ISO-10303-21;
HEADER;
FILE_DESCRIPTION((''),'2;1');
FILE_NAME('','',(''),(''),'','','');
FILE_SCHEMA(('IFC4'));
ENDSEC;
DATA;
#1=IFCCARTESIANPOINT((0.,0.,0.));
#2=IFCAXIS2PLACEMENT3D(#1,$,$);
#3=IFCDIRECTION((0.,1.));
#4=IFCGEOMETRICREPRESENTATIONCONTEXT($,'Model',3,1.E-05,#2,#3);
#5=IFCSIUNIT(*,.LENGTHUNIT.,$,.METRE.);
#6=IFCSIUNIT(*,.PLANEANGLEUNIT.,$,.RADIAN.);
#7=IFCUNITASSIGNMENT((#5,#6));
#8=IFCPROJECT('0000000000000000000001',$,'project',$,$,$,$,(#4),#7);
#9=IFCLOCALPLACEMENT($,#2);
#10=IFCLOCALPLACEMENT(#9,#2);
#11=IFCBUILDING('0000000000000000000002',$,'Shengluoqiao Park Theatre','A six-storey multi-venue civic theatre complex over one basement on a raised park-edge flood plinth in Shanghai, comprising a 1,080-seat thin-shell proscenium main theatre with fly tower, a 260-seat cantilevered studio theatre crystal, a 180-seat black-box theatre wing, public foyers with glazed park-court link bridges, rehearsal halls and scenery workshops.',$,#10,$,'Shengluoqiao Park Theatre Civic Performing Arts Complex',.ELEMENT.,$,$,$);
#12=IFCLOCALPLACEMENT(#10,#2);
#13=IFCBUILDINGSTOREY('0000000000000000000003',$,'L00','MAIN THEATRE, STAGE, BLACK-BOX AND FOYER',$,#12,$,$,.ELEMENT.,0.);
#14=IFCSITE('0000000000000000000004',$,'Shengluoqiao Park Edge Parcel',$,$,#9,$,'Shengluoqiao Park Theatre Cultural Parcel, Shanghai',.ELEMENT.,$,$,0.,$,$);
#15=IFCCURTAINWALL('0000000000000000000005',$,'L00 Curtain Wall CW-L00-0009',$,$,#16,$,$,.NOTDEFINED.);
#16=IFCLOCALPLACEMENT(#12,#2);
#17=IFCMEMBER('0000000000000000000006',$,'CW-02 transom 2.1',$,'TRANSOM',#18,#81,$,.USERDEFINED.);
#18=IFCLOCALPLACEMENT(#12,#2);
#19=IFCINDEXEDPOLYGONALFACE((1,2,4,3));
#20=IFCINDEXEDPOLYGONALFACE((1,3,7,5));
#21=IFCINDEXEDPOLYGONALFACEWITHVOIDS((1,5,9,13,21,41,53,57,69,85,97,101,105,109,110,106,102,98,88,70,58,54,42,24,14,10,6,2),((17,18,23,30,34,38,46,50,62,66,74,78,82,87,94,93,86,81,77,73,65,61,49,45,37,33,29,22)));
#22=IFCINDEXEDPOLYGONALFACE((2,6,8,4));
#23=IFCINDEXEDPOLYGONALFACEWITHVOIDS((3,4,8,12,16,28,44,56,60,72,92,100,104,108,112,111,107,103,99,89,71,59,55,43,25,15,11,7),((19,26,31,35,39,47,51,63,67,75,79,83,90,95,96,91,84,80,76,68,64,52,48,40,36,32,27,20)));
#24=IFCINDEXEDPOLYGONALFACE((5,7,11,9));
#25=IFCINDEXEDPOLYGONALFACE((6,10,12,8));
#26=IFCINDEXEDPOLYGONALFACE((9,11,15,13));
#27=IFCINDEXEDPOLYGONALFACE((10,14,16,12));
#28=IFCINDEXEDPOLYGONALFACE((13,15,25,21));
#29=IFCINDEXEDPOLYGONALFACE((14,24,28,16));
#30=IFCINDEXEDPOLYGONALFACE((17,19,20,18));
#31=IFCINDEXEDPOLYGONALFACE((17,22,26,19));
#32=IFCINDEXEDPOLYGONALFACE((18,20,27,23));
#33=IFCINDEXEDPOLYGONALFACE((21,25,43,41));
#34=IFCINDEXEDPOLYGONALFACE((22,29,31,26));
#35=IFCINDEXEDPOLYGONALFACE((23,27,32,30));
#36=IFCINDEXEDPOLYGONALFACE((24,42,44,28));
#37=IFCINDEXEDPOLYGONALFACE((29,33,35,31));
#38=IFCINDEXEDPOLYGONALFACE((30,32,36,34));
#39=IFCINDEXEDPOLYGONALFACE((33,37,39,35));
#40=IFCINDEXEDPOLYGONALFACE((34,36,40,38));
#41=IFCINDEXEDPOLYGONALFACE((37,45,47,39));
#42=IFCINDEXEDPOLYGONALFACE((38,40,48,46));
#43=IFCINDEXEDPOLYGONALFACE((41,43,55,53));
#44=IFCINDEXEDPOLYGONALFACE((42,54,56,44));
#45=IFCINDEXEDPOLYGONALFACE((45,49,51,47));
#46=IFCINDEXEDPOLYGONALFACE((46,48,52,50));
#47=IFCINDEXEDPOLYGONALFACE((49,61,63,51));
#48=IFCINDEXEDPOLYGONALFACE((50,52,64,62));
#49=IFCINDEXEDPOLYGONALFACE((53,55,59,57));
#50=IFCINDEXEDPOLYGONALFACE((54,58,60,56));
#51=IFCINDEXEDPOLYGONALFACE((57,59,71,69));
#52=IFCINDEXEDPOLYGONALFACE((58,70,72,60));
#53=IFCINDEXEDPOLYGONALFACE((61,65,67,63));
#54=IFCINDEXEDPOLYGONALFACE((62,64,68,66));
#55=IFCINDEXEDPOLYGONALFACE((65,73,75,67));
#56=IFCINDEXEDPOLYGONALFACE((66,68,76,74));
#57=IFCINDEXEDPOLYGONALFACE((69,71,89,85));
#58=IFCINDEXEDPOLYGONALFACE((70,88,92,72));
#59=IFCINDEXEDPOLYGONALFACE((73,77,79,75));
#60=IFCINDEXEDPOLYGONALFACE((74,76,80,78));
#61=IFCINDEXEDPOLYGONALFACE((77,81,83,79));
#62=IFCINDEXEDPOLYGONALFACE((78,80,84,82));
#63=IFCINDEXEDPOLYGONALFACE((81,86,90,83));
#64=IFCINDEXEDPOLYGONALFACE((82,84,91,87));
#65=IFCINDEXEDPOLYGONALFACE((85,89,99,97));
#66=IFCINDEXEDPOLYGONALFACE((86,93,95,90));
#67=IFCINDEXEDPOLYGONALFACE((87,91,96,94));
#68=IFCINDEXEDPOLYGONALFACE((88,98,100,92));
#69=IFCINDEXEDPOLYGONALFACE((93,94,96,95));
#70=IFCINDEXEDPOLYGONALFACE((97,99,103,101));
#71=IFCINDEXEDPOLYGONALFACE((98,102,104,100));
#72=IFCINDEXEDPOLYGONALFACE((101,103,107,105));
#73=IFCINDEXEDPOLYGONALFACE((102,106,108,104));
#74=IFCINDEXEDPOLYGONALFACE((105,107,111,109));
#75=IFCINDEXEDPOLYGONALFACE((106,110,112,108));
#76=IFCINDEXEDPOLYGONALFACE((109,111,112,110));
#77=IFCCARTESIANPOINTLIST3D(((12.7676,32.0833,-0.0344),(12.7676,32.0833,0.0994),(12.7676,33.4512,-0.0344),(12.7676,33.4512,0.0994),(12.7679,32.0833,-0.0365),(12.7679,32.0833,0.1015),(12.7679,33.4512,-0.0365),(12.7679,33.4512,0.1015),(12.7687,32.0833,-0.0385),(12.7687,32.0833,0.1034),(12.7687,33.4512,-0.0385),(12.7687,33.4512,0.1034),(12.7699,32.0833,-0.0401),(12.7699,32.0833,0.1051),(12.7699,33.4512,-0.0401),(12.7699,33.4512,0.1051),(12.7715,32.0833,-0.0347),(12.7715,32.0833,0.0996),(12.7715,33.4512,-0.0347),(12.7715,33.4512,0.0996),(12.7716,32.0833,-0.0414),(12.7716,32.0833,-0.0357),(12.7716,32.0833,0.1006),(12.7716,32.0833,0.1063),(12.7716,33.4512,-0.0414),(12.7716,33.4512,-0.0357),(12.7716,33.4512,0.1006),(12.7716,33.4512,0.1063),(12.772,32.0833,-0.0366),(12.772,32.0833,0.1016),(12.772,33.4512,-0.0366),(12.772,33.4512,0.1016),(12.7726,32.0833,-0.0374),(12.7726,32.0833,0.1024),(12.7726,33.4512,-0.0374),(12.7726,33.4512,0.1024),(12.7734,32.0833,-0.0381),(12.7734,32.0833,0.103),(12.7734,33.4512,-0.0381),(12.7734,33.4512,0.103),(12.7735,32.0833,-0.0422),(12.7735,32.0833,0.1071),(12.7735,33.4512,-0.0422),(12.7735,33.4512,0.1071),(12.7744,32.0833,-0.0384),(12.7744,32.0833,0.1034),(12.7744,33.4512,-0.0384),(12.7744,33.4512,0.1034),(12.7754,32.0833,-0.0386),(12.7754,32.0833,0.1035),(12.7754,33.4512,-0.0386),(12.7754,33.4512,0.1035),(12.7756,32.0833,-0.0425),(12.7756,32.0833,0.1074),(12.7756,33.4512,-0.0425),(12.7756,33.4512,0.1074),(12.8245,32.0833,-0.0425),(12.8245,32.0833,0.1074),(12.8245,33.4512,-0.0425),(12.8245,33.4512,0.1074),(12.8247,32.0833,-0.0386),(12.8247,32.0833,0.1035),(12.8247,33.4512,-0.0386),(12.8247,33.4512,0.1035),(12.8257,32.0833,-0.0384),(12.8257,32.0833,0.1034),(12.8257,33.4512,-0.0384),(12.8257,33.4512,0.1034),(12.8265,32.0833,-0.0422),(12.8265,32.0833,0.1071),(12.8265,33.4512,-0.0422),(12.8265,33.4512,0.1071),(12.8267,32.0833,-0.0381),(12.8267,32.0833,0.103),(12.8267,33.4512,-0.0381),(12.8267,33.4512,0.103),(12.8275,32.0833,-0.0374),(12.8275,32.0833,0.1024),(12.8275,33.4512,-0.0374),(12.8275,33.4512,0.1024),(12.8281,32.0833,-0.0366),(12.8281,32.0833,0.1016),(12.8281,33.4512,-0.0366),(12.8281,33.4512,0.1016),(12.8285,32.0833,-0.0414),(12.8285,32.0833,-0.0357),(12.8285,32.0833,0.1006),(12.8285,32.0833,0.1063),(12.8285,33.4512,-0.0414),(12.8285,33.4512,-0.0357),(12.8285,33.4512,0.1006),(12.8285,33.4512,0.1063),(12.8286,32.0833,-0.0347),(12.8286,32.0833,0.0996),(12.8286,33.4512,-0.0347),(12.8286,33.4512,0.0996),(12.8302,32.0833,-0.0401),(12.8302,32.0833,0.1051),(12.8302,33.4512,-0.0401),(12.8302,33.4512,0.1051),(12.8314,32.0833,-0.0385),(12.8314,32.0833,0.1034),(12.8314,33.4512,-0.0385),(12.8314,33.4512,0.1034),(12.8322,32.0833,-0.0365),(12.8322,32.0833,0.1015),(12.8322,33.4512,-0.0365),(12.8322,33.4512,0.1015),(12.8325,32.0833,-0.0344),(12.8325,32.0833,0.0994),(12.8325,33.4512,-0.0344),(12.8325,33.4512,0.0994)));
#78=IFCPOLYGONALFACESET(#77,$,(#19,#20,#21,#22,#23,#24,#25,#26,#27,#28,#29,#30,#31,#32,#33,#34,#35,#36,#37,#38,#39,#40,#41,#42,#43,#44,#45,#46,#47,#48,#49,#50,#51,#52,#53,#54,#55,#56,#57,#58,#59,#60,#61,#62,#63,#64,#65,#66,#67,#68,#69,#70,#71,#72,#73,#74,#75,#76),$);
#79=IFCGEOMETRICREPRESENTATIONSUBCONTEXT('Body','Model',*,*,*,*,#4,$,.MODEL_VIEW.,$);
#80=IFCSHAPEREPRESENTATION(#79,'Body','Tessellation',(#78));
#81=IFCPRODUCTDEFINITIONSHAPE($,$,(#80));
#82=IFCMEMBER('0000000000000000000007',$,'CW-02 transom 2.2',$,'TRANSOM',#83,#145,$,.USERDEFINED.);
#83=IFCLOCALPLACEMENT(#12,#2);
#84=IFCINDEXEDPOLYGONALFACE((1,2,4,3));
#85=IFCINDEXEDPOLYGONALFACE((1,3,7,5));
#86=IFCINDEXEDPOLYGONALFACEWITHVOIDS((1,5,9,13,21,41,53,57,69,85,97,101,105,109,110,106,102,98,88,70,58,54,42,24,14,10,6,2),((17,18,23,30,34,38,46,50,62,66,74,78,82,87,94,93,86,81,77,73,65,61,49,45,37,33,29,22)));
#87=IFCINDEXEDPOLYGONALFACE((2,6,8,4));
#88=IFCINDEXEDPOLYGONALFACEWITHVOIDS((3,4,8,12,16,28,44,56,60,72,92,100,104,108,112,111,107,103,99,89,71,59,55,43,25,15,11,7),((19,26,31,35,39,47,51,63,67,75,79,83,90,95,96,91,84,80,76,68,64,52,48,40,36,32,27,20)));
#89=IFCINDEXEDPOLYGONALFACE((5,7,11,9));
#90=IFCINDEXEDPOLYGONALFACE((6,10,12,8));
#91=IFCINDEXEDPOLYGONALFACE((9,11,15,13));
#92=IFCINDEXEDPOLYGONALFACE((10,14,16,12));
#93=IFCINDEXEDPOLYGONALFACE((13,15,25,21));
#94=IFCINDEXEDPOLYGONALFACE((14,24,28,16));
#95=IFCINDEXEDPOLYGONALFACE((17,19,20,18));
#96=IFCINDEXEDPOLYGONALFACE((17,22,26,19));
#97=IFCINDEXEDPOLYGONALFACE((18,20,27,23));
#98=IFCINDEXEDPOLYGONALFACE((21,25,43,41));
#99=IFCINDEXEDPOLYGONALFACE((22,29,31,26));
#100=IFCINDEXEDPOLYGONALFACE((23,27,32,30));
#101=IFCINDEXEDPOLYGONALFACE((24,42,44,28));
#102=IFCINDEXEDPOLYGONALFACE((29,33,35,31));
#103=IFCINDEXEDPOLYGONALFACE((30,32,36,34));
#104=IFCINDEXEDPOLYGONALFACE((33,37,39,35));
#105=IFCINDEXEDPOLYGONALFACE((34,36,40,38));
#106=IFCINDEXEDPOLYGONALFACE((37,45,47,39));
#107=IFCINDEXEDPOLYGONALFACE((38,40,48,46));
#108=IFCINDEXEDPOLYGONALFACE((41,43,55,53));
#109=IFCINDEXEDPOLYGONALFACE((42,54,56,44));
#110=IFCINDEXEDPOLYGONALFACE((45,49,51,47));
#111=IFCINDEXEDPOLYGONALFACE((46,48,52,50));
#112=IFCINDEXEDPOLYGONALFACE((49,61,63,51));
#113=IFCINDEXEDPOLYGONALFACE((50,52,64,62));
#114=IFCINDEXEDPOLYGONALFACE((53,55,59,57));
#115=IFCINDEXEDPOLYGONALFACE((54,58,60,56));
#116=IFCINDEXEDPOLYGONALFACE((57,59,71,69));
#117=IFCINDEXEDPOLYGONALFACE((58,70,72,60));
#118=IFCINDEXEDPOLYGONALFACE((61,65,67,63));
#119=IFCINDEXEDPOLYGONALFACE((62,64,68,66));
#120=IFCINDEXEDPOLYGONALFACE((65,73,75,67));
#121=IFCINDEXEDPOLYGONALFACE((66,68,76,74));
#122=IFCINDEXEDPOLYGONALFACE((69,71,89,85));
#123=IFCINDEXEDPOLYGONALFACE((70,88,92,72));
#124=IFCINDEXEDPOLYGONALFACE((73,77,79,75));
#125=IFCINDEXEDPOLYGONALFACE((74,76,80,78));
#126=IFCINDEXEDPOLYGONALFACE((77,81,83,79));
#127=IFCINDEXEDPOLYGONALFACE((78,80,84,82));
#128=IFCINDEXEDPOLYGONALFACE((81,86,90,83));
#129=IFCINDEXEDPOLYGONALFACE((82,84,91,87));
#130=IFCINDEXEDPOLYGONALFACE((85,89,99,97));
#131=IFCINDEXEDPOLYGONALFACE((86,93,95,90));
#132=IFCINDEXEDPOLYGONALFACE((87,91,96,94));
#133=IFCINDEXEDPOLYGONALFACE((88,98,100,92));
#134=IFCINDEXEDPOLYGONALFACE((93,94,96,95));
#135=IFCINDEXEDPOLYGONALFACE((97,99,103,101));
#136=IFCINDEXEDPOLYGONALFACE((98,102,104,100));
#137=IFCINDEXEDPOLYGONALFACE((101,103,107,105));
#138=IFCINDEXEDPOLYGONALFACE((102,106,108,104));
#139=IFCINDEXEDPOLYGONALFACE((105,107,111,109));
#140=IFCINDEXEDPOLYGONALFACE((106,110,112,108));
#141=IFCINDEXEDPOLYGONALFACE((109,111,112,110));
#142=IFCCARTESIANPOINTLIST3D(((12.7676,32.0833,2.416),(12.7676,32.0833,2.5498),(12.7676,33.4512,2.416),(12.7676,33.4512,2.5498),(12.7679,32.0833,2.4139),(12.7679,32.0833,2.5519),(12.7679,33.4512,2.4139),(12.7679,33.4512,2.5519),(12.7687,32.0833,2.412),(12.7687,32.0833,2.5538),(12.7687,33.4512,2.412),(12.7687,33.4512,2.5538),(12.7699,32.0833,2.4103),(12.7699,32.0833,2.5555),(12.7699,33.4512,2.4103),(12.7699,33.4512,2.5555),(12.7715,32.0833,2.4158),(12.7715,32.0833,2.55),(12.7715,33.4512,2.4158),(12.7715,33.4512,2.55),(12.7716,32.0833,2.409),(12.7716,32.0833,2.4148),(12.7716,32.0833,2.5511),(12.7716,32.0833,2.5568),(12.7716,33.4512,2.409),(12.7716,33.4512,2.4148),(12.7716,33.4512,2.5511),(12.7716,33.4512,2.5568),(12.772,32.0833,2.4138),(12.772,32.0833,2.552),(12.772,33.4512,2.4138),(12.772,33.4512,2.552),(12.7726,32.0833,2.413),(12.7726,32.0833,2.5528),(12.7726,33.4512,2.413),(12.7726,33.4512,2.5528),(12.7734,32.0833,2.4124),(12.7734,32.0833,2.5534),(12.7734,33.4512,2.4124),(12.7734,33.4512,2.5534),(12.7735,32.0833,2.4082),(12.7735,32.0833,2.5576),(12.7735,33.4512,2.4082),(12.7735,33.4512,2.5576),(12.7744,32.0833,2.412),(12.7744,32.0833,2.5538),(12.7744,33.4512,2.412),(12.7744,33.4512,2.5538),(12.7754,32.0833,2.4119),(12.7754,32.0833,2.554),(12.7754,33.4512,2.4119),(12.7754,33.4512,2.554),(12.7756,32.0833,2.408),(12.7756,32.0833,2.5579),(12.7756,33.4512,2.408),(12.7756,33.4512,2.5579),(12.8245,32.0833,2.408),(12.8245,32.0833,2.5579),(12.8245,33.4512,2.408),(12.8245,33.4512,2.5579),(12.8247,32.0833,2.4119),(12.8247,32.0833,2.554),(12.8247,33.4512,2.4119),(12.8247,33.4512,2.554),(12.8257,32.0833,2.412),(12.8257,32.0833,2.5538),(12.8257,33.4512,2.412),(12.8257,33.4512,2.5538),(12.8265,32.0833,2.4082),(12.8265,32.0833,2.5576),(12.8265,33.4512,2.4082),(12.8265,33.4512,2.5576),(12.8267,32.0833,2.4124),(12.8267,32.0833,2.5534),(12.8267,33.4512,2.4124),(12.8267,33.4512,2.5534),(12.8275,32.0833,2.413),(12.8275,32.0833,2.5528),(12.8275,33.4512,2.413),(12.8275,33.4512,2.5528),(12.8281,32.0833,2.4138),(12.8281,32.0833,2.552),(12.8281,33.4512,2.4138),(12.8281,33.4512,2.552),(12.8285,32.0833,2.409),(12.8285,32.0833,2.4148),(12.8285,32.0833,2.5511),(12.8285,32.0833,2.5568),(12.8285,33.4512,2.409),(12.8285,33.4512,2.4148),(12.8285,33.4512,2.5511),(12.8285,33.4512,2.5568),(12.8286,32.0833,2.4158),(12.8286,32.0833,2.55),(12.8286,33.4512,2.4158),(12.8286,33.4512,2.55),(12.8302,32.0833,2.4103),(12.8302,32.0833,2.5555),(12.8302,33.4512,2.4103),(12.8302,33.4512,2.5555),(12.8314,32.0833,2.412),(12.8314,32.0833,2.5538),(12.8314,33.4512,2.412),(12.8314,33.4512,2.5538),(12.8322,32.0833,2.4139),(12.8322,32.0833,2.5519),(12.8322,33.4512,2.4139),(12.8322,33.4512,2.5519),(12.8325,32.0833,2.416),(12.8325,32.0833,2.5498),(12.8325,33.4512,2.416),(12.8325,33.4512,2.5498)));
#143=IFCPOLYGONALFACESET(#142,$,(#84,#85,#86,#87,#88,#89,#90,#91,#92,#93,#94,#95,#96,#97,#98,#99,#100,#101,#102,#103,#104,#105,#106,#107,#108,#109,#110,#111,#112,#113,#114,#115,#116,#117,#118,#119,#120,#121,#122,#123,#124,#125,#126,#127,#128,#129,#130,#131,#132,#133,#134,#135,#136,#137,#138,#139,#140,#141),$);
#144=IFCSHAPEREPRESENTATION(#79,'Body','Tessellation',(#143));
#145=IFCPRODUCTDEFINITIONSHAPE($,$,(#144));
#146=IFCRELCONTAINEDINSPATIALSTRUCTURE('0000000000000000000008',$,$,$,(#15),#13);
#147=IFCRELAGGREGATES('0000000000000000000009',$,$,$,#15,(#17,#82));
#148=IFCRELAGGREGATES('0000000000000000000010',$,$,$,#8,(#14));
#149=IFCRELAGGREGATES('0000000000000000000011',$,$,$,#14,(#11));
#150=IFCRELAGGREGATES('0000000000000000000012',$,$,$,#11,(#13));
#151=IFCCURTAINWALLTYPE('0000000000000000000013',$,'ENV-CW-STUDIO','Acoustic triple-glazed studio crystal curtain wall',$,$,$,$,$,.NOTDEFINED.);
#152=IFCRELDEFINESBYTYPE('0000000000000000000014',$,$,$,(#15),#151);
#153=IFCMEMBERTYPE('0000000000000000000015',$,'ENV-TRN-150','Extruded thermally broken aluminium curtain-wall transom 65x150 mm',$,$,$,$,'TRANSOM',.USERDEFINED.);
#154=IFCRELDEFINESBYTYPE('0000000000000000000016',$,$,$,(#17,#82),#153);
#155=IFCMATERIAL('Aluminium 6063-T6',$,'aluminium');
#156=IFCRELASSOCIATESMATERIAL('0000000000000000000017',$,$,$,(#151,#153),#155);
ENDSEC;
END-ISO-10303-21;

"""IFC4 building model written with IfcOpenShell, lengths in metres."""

from ifc_helpers import new_model, si_unit, direction, frame, origin, origin_2d, place, context, subcontext, project, spatial, hollow_rectangle, extrude, material, material_profile, profile_set, type_object, element, aggregate, save


model = new_model("IFC4")

# Units and contexts
model_context = context("Model", 3, precision=1e-05, world=origin(), true_north=direction((0.0, 1.0)))
body_context = subcontext(model_context, "Body", "Model", "MODEL_VIEW")
ifc_project = project(units=[si_unit("LENGTHUNIT", "METRE"), si_unit("PLANEANGLEUNIT", "RADIAN")], contexts=[model_context])

# Site, building, storey
site_placement = place(None, origin())
site = spatial("IfcSite", under=ifc_project, at=site_placement, Name="Shengluoqiao Park Edge Parcel", LongName="Shengluoqiao Park Theatre Cultural Parcel, Shanghai", CompositionType="ELEMENT", RefElevation=0.0)
building_placement = place(site_placement, origin())
building = spatial("IfcBuilding", under=site, at=building_placement, Name="Shengluoqiao Park Theatre", Description="A six-storey multi-venue civic theatre complex over one basement on a raised park-edge flood plinth in Shanghai, comprising a 1,080-seat thin-shell proscenium main theatre with fly tower, a 260-seat cantilevered studio theatre crystal, a 180-seat black-box theatre wing, public foyers with glazed park-court link bridges, rehearsal halls and scenery workshops.", LongName="Shengluoqiao Park Theatre Civic Performing Arts Complex", CompositionType="ELEMENT")
storey_placement = place(building_placement, origin())
storey = spatial("IfcBuildingStorey", under=building, at=storey_placement, Name="L00", Description="MAIN THEATRE, STAGE, BLACK-BOX AND FOYER", CompositionType="ELEMENT", Elevation=0.0)

# Shared definitions
ifc_material_1 = material(Name="Aluminium 6063-T6", Category="aluminium")
curtain_wall_type = type_object("IfcCurtainWallType", Name="ENV-CW-STUDIO", Description="Acoustic triple-glazed studio crystal curtain wall", PredefinedType="NOTDEFINED", material=ifc_material_1)

# Curtain wall
curtain_wall_1_placement = place(storey_placement, origin())
curtain_wall_1 = element("IfcCurtainWall", 1, at=curtain_wall_1_placement, inside=storey, type_object=curtain_wall_type, Name="L00 Curtain Wall CW-L00-0009", PredefinedType="NOTDEFINED")

# Members
ifc_material_profile_1 = material_profile(ifc_material_1, hollow_rectangle(XDim=0.0649, YDim=0.1499, WallThickness=0.0039, InnerFilletRadius=0.0039, OuterFilletRadius=0.0081, at=origin_2d()), Name="ALU TRANSOM 150x65x4")
ifc_profile_set_1 = profile_set([ifc_material_profile_1], Name="Aluminium 6063-T6")
member_type_1 = type_object("IfcMemberType", Name="ENV-TRN-150", Description="Extruded thermally broken aluminium curtain-wall transom 65x150 mm", ElementType="TRANSOM", PredefinedType="USERDEFINED", material=ifc_profile_set_1)
member_1_placement = place(storey_placement, frame((12.8, 32.0833, 0.0325), z_axis=(0.0, 1.0, 0.0), x_axis=(-1.0, 0.0, 0.0)))
member_1 = element("IfcMember", 2, at=member_1_placement, type_object=member_type_1, Name="CW-02 transom 2.1", ObjectType="TRANSOM", PredefinedType="USERDEFINED", context=body_context, shape_type="SweptSolid", body=[
    extrude(hollow_rectangle(XDim=0.0649, YDim=0.1499, WallThickness=0.0039, InnerFilletRadius=0.0039, OuterFilletRadius=0.0081, at=origin_2d()), origin(), (0.0, 0.0, 1.0), 1.3679),
])
member_2_placement = place(storey_placement, frame((12.8, 32.0833, 2.4829), z_axis=(0.0, 1.0, 0.0), x_axis=(-1.0, 0.0, 0.0)))
member_2 = element("IfcMember", 3, at=member_2_placement, type_object=member_type_1, Name="CW-02 transom 2.2", ObjectType="TRANSOM", PredefinedType="USERDEFINED", context=body_context, shape_type="SweptSolid", body=[
    extrude(hollow_rectangle(XDim=0.0649, YDim=0.1499, WallThickness=0.0039, InnerFilletRadius=0.0039, OuterFilletRadius=0.0081, at=origin_2d()), origin(), (0.0, 0.0, 1.0), 1.3679),
])

aggregate(curtain_wall_1, [member_1, member_2])

save(model, "model.ifc")
